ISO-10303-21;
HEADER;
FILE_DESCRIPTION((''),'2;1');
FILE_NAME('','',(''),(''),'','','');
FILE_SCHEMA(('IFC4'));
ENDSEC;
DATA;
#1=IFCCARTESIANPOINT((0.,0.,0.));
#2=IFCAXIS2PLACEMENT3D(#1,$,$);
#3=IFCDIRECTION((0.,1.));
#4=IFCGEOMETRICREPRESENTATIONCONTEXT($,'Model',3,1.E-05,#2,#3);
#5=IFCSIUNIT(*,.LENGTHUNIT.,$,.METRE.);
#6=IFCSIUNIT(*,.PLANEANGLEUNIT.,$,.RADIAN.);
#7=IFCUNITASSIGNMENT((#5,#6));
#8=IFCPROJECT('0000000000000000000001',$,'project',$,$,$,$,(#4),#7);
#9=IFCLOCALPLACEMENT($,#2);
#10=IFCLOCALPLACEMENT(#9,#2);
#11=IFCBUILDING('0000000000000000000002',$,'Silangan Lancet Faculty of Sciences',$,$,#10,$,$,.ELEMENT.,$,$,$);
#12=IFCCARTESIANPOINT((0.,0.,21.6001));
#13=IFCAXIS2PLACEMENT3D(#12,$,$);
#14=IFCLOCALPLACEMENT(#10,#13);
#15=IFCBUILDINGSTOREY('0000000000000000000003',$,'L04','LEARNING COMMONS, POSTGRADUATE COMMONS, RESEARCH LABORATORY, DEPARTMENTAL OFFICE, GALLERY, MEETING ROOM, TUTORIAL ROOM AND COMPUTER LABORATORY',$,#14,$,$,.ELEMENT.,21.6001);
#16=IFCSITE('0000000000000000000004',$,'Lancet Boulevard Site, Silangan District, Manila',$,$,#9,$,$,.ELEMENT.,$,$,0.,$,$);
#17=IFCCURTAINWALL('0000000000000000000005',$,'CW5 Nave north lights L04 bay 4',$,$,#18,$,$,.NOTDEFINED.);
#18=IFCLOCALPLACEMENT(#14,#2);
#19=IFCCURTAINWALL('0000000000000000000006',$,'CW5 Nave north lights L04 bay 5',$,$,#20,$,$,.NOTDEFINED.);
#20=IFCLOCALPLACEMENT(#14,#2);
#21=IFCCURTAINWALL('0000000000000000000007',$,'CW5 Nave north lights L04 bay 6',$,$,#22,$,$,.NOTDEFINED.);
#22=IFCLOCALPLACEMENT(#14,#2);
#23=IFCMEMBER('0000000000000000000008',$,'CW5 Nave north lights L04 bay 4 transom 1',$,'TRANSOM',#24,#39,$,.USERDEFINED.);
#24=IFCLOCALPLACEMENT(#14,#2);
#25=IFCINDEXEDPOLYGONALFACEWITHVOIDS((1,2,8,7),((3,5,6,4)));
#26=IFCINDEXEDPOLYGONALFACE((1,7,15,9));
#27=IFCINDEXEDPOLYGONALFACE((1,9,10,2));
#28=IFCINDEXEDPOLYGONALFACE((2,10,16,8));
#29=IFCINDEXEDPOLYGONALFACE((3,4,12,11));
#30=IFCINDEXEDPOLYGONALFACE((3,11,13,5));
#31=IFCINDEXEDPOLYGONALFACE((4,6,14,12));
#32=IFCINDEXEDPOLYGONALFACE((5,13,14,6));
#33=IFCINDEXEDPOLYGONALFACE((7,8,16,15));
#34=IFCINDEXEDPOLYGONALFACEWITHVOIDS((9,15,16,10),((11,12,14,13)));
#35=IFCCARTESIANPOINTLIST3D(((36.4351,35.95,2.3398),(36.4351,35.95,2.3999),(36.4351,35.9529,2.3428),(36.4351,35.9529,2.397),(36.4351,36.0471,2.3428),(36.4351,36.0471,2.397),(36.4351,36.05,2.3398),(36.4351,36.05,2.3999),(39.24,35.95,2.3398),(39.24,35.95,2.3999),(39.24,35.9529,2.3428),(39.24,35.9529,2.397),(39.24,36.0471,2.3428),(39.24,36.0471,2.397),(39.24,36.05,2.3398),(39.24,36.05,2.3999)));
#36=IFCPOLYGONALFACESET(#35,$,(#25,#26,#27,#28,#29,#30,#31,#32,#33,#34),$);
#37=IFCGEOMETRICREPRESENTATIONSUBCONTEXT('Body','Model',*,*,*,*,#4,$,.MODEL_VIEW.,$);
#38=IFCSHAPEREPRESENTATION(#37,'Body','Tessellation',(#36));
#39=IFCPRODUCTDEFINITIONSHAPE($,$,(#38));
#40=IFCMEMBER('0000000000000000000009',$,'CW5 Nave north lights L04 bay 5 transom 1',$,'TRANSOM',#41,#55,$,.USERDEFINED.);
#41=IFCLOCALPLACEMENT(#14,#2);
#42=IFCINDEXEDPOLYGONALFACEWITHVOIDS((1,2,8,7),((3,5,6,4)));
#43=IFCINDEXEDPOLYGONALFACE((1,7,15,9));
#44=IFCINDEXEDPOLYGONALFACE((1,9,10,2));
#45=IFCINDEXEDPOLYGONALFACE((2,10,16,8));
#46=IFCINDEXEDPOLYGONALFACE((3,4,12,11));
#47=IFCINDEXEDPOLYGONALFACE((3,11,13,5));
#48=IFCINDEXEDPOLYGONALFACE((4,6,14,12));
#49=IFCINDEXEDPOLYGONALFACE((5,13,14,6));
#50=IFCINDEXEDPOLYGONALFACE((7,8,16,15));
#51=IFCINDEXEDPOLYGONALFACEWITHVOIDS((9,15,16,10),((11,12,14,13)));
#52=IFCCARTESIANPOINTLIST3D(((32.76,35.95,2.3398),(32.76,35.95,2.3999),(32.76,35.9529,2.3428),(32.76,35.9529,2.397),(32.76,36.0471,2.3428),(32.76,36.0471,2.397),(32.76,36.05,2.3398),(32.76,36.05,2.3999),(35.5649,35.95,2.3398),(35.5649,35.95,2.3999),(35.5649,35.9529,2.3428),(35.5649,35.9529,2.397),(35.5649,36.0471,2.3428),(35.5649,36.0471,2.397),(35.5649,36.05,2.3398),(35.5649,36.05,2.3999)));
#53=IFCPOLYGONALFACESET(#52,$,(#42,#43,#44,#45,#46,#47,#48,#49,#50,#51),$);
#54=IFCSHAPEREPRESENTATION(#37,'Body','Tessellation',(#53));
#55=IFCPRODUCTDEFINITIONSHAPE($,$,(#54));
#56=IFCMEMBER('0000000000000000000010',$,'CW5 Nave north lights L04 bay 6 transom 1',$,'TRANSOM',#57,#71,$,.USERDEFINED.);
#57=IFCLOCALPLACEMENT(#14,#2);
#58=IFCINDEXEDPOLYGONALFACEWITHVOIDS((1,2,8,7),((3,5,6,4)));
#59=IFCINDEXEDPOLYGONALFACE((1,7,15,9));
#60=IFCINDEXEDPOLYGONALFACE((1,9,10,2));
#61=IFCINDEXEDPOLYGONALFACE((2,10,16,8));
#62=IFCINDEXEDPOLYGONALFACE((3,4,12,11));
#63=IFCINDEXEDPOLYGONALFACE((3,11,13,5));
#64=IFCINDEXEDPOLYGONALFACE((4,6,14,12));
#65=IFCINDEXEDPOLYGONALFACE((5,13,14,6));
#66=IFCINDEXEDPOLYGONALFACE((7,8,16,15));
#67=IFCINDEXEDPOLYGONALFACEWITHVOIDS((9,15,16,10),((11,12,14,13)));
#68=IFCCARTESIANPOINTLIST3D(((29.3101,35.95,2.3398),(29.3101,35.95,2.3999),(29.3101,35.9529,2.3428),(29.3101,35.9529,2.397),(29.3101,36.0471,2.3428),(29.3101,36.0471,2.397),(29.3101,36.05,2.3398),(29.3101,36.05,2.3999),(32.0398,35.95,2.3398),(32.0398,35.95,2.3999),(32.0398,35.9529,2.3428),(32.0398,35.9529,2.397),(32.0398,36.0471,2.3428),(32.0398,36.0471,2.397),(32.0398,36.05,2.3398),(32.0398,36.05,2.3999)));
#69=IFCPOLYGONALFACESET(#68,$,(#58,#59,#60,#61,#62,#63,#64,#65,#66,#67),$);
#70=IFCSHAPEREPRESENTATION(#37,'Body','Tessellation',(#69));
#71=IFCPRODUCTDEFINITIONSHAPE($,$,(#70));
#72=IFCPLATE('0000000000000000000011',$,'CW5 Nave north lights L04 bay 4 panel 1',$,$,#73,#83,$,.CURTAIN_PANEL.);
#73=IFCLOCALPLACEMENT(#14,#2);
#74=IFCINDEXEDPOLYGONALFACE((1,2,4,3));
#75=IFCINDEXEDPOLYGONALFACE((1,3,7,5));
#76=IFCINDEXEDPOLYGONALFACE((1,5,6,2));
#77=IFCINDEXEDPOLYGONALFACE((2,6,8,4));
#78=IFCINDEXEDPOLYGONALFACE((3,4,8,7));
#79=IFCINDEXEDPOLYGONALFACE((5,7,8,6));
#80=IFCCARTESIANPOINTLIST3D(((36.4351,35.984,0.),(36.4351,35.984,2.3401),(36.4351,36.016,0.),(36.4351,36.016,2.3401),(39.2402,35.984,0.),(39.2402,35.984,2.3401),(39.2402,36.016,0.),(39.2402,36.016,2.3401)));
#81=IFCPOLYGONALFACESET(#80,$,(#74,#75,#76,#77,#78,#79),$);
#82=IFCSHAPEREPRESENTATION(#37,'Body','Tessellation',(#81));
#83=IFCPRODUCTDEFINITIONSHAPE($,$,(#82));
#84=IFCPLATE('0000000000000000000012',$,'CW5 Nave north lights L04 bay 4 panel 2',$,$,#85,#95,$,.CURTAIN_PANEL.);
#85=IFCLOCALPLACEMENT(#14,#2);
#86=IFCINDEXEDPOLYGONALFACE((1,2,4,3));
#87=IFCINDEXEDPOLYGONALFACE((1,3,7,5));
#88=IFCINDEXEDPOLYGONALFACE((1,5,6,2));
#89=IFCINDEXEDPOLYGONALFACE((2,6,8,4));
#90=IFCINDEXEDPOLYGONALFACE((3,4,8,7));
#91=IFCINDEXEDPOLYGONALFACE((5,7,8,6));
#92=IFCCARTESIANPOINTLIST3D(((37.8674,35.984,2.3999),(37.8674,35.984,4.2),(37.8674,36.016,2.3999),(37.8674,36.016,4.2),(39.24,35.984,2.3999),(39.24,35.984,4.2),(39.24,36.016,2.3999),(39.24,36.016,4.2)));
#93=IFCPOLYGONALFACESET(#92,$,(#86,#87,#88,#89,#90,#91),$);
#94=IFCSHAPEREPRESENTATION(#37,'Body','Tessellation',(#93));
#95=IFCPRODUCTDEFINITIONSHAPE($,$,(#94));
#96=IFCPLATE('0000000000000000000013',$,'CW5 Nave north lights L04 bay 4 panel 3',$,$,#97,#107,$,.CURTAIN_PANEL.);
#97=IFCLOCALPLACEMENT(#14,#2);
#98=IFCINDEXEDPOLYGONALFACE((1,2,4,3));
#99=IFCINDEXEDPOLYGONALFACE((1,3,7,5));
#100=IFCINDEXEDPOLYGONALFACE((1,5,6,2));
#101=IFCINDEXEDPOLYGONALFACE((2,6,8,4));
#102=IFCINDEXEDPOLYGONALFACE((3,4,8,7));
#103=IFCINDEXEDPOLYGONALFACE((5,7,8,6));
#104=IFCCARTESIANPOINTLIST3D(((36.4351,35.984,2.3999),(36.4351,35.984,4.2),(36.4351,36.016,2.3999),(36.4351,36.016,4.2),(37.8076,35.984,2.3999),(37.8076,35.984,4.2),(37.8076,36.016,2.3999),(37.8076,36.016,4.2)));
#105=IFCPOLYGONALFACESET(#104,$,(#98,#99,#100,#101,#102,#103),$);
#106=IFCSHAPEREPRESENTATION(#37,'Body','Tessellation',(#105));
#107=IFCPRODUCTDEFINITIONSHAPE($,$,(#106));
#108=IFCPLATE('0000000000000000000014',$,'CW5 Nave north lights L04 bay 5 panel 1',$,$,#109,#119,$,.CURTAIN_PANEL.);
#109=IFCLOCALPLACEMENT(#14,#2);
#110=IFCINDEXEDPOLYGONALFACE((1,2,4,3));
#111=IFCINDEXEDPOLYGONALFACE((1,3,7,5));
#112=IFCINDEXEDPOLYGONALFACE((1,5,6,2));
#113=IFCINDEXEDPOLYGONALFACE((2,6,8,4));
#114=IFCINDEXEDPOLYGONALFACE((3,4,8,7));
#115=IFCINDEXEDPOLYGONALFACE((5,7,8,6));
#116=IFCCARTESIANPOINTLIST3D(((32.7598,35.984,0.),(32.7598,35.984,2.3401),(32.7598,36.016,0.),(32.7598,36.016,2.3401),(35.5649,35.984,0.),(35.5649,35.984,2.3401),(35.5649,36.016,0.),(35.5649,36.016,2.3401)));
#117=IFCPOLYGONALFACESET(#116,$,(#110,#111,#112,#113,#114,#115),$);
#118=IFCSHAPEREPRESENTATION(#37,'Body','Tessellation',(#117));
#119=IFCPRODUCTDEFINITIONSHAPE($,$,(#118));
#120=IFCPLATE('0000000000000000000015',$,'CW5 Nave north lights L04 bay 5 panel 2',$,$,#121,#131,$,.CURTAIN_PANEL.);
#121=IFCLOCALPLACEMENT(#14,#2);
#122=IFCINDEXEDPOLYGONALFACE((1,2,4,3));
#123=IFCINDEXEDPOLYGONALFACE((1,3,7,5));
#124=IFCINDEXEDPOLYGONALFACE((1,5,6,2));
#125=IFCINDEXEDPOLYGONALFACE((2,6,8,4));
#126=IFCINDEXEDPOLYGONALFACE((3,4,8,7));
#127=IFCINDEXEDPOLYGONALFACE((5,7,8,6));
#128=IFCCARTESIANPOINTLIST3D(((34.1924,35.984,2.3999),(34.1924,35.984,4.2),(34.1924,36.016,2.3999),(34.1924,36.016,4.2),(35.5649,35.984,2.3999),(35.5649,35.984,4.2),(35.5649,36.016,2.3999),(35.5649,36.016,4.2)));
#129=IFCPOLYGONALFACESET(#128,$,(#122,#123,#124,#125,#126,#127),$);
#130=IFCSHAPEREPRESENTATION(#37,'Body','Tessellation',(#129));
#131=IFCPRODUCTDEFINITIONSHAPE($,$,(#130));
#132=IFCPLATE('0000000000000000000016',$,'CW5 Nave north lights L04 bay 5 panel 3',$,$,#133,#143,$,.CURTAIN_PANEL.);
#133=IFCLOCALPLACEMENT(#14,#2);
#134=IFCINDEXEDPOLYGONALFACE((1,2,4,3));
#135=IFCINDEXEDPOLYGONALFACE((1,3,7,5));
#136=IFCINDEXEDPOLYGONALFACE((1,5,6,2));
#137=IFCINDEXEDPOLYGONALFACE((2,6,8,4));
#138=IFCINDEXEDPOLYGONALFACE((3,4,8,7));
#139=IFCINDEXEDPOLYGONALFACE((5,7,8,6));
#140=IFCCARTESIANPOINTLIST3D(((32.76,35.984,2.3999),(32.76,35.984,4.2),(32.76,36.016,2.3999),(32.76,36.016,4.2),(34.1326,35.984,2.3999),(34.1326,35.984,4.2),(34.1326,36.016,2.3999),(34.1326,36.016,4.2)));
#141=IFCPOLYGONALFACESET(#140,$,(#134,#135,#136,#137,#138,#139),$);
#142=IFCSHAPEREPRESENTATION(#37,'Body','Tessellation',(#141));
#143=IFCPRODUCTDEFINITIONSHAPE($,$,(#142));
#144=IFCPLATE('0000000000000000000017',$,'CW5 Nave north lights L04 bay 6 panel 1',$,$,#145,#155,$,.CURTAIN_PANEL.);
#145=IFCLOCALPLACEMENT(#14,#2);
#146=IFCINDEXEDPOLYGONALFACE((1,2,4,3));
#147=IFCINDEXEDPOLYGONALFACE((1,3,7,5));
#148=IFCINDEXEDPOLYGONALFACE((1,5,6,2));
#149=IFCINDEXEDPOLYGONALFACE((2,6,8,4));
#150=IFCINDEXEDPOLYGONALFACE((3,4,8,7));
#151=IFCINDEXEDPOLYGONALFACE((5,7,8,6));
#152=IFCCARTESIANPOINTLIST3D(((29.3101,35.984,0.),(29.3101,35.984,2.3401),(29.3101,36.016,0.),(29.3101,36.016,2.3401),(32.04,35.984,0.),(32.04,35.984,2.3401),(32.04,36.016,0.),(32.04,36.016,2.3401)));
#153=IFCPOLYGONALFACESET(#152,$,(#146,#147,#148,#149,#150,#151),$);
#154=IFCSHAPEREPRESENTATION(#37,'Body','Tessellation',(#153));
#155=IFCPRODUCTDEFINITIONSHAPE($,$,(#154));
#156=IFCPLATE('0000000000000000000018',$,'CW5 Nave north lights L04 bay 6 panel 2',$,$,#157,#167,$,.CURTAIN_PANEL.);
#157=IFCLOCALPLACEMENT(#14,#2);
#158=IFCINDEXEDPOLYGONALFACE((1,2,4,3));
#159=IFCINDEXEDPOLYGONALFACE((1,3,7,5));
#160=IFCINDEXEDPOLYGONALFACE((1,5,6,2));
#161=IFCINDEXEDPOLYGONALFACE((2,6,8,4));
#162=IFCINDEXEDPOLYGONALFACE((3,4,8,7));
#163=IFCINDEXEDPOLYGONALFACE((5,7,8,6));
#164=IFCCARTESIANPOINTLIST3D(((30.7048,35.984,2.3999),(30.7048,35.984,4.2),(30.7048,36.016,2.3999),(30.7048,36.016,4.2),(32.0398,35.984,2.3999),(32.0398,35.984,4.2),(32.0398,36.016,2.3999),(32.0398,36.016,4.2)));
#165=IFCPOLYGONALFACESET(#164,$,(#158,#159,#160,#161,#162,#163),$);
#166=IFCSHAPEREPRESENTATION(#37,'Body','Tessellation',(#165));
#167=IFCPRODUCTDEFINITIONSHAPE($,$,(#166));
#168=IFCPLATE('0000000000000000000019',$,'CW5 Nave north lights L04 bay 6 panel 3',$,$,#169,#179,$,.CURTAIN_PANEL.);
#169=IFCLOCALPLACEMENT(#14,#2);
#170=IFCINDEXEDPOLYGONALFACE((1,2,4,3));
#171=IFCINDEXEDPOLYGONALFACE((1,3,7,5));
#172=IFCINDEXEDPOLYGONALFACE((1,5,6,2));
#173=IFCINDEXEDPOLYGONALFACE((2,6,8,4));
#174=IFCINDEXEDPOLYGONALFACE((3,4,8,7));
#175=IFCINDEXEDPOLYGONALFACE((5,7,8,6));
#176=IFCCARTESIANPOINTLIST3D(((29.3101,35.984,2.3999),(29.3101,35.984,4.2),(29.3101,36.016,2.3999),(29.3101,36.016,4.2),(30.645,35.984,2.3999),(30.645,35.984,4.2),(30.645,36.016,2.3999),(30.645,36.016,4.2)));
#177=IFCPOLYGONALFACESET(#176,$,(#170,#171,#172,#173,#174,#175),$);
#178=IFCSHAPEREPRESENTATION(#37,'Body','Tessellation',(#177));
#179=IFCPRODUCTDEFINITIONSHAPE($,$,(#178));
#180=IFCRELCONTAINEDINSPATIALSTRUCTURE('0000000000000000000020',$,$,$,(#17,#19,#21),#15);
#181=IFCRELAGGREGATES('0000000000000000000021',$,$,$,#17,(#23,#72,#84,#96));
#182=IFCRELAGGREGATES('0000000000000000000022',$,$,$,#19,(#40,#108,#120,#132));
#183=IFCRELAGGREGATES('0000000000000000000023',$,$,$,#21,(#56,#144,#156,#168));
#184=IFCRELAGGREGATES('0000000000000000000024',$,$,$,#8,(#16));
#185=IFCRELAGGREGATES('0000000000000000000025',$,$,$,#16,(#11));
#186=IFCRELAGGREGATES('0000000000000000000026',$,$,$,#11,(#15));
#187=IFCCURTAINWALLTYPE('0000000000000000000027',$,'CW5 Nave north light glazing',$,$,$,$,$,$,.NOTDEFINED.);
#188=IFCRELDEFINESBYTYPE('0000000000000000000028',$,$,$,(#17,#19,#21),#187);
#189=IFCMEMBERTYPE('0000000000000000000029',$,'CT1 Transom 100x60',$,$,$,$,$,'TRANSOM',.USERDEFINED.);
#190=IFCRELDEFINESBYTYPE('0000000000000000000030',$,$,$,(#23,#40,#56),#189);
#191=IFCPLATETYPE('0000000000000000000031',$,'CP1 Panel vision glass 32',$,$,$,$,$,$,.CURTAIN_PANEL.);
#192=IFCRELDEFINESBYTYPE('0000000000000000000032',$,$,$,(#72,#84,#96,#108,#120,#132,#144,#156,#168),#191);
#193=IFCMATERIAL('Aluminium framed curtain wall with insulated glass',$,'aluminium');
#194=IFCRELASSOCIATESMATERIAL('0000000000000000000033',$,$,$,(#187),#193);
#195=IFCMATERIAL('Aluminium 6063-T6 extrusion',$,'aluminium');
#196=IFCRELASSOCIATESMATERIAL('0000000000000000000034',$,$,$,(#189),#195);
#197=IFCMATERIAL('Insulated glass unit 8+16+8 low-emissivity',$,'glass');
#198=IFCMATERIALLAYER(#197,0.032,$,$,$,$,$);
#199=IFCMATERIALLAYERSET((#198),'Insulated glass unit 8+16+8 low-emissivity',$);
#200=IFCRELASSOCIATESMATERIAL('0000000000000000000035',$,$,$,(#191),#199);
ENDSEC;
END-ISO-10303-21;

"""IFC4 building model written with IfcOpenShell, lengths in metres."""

from ifc_helpers import new_model, si_unit, direction, frame, origin, origin_2d, place, context, subcontext, project, spatial, rectangle, hollow_rectangle, extrude, material, layer, layer_set, material_profile, profile_set, type_object, element, aggregate, save


model = new_model("IFC4")

# Units and contexts
model_context = context("Model", 3, precision=1e-05, world=origin(), true_north=direction((0.0, 1.0)))
body_context = subcontext(model_context, "Body", "Model", "MODEL_VIEW")
ifc_project = project(units=[si_unit("LENGTHUNIT", "METRE"), si_unit("PLANEANGLEUNIT", "RADIAN")], contexts=[model_context])

# Site, building, storey
site_placement = place(None, origin())
site = spatial("IfcSite", under=ifc_project, at=site_placement, Name="Lancet Boulevard Site, Silangan District, Manila", CompositionType="ELEMENT", RefElevation=0.0)
building_placement = place(site_placement, origin())
building = spatial("IfcBuilding", under=site, at=building_placement, Name="Silangan Lancet Faculty of Sciences", CompositionType="ELEMENT")
storey_placement = place(building_placement, frame((0.0, 0.0, 21.6001)))
storey = spatial("IfcBuildingStorey", under=building, at=storey_placement, Name="L04", Description="LEARNING COMMONS, POSTGRADUATE COMMONS, RESEARCH LABORATORY, DEPARTMENTAL OFFICE, GALLERY, MEETING ROOM, TUTORIAL ROOM AND COMPUTER LABORATORY", CompositionType="ELEMENT", Elevation=21.6001)

# Curtain walls
ifc_material_1 = material(Name="Aluminium framed curtain wall with insulated glass", Category="aluminium")
curtain_wall_type = type_object("IfcCurtainWallType", Name="CW5 Nave north light glazing", PredefinedType="NOTDEFINED", material=ifc_material_1)
curtain_wall_1_placement = place(storey_placement, origin())
curtain_wall_1 = element("IfcCurtainWall", 1, at=curtain_wall_1_placement, inside=storey, type_object=curtain_wall_type, Name="CW5 Nave north lights L04 bay 4", PredefinedType="NOTDEFINED")
curtain_wall_2_placement = place(storey_placement, origin())
curtain_wall_2 = element("IfcCurtainWall", 2, at=curtain_wall_2_placement, inside=storey, type_object=curtain_wall_type, Name="CW5 Nave north lights L04 bay 5", PredefinedType="NOTDEFINED")
curtain_wall_3_placement = place(storey_placement, origin())
curtain_wall_3 = element("IfcCurtainWall", 3, at=curtain_wall_3_placement, inside=storey, type_object=curtain_wall_type, Name="CW5 Nave north lights L04 bay 6", PredefinedType="NOTDEFINED")

# Members
ifc_material_2 = material(Name="Aluminium 6063-T6 extrusion", Category="aluminium")
ifc_material_profile_1 = material_profile(ifc_material_2, hollow_rectangle(XDim=0.1001, YDim=0.0601, WallThickness=0.0029, at=origin_2d()), Name="AL BOX 100x60x3")
ifc_profile_set_1 = profile_set([ifc_material_profile_1], Name="Aluminium 6063-T6 extrusion")
member_type_1 = type_object("IfcMemberType", Name="CT1 Transom 100x60", ElementType="TRANSOM", PredefinedType="USERDEFINED", material=ifc_profile_set_1)
member_1_placement = place(storey_placement, frame((39.24, 36.0, 2.3699), z_axis=(-1.0, 0.0, 0.0), x_axis=(0.0, -1.0, 0.0)))
member_1 = element("IfcMember", 4, at=member_1_placement, type_object=member_type_1, Name="CW5 Nave north lights L04 bay 4 transom 1", ObjectType="TRANSOM", PredefinedType="USERDEFINED", context=body_context, shape_type="SweptSolid", body=[
    extrude(hollow_rectangle(XDim=0.1001, YDim=0.0601, WallThickness=0.0029, at=origin_2d()), origin(), (0.0, 0.0, 1.0), 2.8049),
])
member_2_placement = place(storey_placement, frame((35.5649, 36.0, 2.3699), z_axis=(-1.0, 0.0, 0.0), x_axis=(0.0, -1.0, 0.0)))
member_2 = element("IfcMember", 5, at=member_2_placement, type_object=member_type_1, Name="CW5 Nave north lights L04 bay 5 transom 1", ObjectType="TRANSOM", PredefinedType="USERDEFINED", context=body_context, shape_type="SweptSolid", body=[
    extrude(hollow_rectangle(XDim=0.1001, YDim=0.0601, WallThickness=0.0029, at=origin_2d()), origin(), (0.0, 0.0, 1.0), 2.8049),
])
member_3_placement = place(storey_placement, frame((32.0398, 36.0, 2.3699), z_axis=(-1.0, 0.0, 0.0), x_axis=(0.0, -1.0, 0.0)))
member_3 = element("IfcMember", 6, at=member_3_placement, type_object=member_type_1, Name="CW5 Nave north lights L04 bay 6 transom 1", ObjectType="TRANSOM", PredefinedType="USERDEFINED", context=body_context, shape_type="SweptSolid", body=[
    extrude(hollow_rectangle(XDim=0.1001, YDim=0.0601, WallThickness=0.0029, at=origin_2d()), origin(), (0.0, 0.0, 1.0), 2.7297),
])

# Plates
ifc_material_3 = material(Name="Insulated glass unit 8+16+8 low-emissivity", Category="glass")
ifc_layer_1 = layer(ifc_material_3, 0.032)
ifc_layer_set_1 = layer_set([ifc_layer_1], Name="Insulated glass unit 8+16+8 low-emissivity")
plate_type = type_object("IfcPlateType", Name="CP1 Panel vision glass 32", PredefinedType="CURTAIN_PANEL", material=ifc_layer_set_1)
plate_1_placement = place(storey_placement, frame((37.8376, 36.0, 0.0), z_axis=(0.0, 0.0, 1.0), x_axis=(-1.0, 0.0, 0.0)))
plate_1 = element("IfcPlate", 7, at=plate_1_placement, type_object=plate_type, Name="CW5 Nave north lights L04 bay 4 panel 1", PredefinedType="CURTAIN_PANEL", context=body_context, shape_type="SweptSolid", body=[
    extrude(rectangle(XDim=2.8052, YDim=0.032, at=origin_2d()), origin(), (0.0, 0.0, 1.0), 2.3401),
])
plate_2_placement = place(storey_placement, frame((38.5537, 36.0, 2.3999), z_axis=(0.0, 0.0, 1.0), x_axis=(-1.0, 0.0, 0.0)))
plate_2 = element("IfcPlate", 8, at=plate_2_placement, type_object=plate_type, Name="CW5 Nave north lights L04 bay 4 panel 2", PredefinedType="CURTAIN_PANEL", context=body_context, shape_type="SweptSolid", body=[
    extrude(rectangle(XDim=1.3726, YDim=0.032, at=origin_2d()), origin(), (0.0, 0.0, 1.0), 1.8),
])
plate_3_placement = place(storey_placement, frame((37.1213, 36.0, 2.3999), z_axis=(0.0, 0.0, 1.0), x_axis=(-1.0, 0.0, 0.0)))
plate_3 = element("IfcPlate", 9, at=plate_3_placement, type_object=plate_type, Name="CW5 Nave north lights L04 bay 4 panel 3", PredefinedType="CURTAIN_PANEL", context=body_context, shape_type="SweptSolid", body=[
    extrude(rectangle(XDim=1.3726, YDim=0.032, at=origin_2d()), origin(), (0.0, 0.0, 1.0), 1.8),
])
aggregate(curtain_wall_1, [member_1, plate_1, plate_2, plate_3])
plate_4_placement = place(storey_placement, frame((34.1624, 36.0, 0.0), z_axis=(0.0, 0.0, 1.0), x_axis=(-1.0, 0.0, 0.0)))
plate_4 = element("IfcPlate", 10, at=plate_4_placement, type_object=plate_type, Name="CW5 Nave north lights L04 bay 5 panel 1", PredefinedType="CURTAIN_PANEL", context=body_context, shape_type="SweptSolid", body=[
    extrude(rectangle(XDim=2.8052, YDim=0.032, at=origin_2d()), origin(), (0.0, 0.0, 1.0), 2.3401),
])
plate_5_placement = place(storey_placement, frame((34.8787, 36.0, 2.3999), z_axis=(0.0, 0.0, 1.0), x_axis=(-1.0, 0.0, 0.0)))
plate_5 = element("IfcPlate", 11, at=plate_5_placement, type_object=plate_type, Name="CW5 Nave north lights L04 bay 5 panel 2", PredefinedType="CURTAIN_PANEL", context=body_context, shape_type="SweptSolid", body=[
    extrude(rectangle(XDim=1.3726, YDim=0.032, at=origin_2d()), origin(), (0.0, 0.0, 1.0), 1.8),
])
plate_6_placement = place(storey_placement, frame((33.4463, 36.0, 2.3999), z_axis=(0.0, 0.0, 1.0), x_axis=(-1.0, 0.0, 0.0)))
plate_6 = element("IfcPlate", 12, at=plate_6_placement, type_object=plate_type, Name="CW5 Nave north lights L04 bay 5 panel 3", PredefinedType="CURTAIN_PANEL", context=body_context, shape_type="SweptSolid", body=[
    extrude(rectangle(XDim=1.3726, YDim=0.032, at=origin_2d()), origin(), (0.0, 0.0, 1.0), 1.8),
])
aggregate(curtain_wall_2, [member_2, plate_4, plate_5, plate_6])
plate_7_placement = place(storey_placement, frame((30.675, 36.0, 0.0), z_axis=(0.0, 0.0, 1.0), x_axis=(-1.0, 0.0, 0.0)))
plate_7 = element("IfcPlate", 13, at=plate_7_placement, type_object=plate_type, Name="CW5 Nave north lights L04 bay 6 panel 1", PredefinedType="CURTAIN_PANEL", context=body_context, shape_type="SweptSolid", body=[
    extrude(rectangle(XDim=2.73, YDim=0.032, at=origin_2d()), origin(), (0.0, 0.0, 1.0), 2.3401),
])
plate_8_placement = place(storey_placement, frame((31.3723, 36.0, 2.3999), z_axis=(0.0, 0.0, 1.0), x_axis=(-1.0, 0.0, 0.0)))
plate_8 = element("IfcPlate", 14, at=plate_8_placement, type_object=plate_type, Name="CW5 Nave north lights L04 bay 6 panel 2", PredefinedType="CURTAIN_PANEL", context=body_context, shape_type="SweptSolid", body=[
    extrude(rectangle(XDim=1.335, YDim=0.032, at=origin_2d()), origin(), (0.0, 0.0, 1.0), 1.8),
])
plate_9_placement = place(storey_placement, frame((29.9775, 36.0, 2.3999), z_axis=(0.0, 0.0, 1.0), x_axis=(-1.0, 0.0, 0.0)))
plate_9 = element("IfcPlate", 15, at=plate_9_placement, type_object=plate_type, Name="CW5 Nave north lights L04 bay 6 panel 3", PredefinedType="CURTAIN_PANEL", context=body_context, shape_type="SweptSolid", body=[
    extrude(rectangle(XDim=1.335, YDim=0.032, at=origin_2d()), origin(), (0.0, 0.0, 1.0), 1.8),
])
aggregate(curtain_wall_3, [member_3, plate_7, plate_8, plate_9])

save(model, "model.ifc")
